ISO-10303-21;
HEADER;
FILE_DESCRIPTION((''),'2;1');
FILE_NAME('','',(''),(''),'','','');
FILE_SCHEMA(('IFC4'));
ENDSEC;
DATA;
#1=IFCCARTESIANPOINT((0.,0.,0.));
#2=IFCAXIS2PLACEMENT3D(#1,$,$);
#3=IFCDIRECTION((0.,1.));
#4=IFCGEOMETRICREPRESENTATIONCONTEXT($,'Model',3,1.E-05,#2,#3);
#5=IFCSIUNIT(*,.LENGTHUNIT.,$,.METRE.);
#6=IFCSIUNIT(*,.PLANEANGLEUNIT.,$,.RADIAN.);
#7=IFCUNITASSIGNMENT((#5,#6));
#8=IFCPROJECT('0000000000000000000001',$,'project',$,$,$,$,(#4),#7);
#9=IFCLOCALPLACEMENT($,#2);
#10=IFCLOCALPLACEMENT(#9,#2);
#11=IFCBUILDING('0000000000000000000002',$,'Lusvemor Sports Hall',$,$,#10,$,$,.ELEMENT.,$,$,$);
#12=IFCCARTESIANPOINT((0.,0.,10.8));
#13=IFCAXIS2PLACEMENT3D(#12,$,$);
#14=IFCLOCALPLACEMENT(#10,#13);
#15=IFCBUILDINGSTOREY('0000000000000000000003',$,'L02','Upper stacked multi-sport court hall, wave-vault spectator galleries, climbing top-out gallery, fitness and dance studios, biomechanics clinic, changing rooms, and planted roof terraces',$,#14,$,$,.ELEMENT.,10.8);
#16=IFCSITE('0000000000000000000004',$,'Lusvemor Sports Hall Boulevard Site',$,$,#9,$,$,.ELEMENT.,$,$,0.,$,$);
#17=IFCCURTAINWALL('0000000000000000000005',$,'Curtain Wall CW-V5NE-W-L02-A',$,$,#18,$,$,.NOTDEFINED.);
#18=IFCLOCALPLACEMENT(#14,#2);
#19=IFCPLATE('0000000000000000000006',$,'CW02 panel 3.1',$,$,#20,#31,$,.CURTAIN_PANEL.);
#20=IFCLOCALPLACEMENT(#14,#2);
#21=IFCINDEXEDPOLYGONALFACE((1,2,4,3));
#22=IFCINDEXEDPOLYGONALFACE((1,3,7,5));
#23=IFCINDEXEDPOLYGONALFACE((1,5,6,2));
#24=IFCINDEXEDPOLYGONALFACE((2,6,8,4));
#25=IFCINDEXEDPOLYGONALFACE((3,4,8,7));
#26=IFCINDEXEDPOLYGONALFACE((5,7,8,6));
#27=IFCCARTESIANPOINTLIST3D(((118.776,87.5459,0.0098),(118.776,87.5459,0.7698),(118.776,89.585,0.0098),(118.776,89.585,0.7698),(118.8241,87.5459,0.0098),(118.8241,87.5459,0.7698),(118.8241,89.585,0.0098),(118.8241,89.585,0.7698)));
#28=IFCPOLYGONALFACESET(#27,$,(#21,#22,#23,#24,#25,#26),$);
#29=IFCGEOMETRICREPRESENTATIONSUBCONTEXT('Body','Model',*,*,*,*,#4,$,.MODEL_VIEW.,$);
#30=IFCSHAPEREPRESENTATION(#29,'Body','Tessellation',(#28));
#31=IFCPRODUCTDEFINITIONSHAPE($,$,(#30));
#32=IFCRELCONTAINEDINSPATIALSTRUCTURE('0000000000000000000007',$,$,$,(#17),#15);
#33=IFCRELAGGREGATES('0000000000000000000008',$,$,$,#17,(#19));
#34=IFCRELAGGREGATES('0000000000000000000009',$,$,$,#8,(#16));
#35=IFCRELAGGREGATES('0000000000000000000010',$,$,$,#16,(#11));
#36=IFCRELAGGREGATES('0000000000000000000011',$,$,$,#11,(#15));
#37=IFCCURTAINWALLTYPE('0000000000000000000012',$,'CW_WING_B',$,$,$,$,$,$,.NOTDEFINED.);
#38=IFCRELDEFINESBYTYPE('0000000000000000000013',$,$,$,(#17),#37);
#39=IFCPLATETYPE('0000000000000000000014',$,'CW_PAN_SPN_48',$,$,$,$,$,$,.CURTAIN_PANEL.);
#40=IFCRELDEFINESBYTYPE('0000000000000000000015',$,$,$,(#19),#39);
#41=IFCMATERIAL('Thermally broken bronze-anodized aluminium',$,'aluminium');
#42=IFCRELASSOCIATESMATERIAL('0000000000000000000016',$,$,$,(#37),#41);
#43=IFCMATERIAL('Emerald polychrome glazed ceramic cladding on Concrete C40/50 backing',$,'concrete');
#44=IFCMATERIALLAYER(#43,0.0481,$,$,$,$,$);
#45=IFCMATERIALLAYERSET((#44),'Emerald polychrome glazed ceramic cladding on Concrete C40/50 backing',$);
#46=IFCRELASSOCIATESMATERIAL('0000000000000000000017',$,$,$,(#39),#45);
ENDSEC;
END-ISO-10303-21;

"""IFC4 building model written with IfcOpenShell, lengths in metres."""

from ifc_helpers import new_model, si_unit, direction, frame, origin, origin_2d, place, context, subcontext, project, spatial, rectangle, extrude, material, layer, layer_set, type_object, element, aggregate, save


model = new_model("IFC4")

# Units and contexts
model_context = context("Model", 3, precision=1e-05, world=origin(), true_north=direction((0.0, 1.0)))
body_context = subcontext(model_context, "Body", "Model", "MODEL_VIEW")
ifc_project = project(units=[si_unit("LENGTHUNIT", "METRE"), si_unit("PLANEANGLEUNIT", "RADIAN")], contexts=[model_context])

# Site, building, storey
site_placement = place(None, origin())
site = spatial("IfcSite", under=ifc_project, at=site_placement, Name="Lusvemor Sports Hall Boulevard Site", CompositionType="ELEMENT", RefElevation=0.0)
building_placement = place(site_placement, origin())
building = spatial("IfcBuilding", under=site, at=building_placement, Name="Lusvemor Sports Hall", CompositionType="ELEMENT")
storey_placement = place(building_placement, frame((0.0, 0.0, 10.8)))
storey = spatial("IfcBuildingStorey", under=building, at=storey_placement, Name="L02", Description="Upper stacked multi-sport court hall, wave-vault spectator galleries, climbing top-out gallery, fitness and dance studios, biomechanics clinic, changing rooms, and planted roof terraces", CompositionType="ELEMENT", Elevation=10.8)

# Curtain wall
ifc_material_1 = material(Name="Thermally broken bronze-anodized aluminium", Category="aluminium")
curtain_wall_type = type_object("IfcCurtainWallType", Name="CW_WING_B", PredefinedType="NOTDEFINED", material=ifc_material_1)
curtain_wall_1_placement = place(storey_placement, origin())
curtain_wall_1 = element("IfcCurtainWall", 1, at=curtain_wall_1_placement, inside=storey, type_object=curtain_wall_type, Name="Curtain Wall CW-V5NE-W-L02-A", PredefinedType="NOTDEFINED")

# Plate
ifc_material_2 = material(Name="Emerald polychrome glazed ceramic cladding on Concrete C40/50 backing", Category="concrete")
ifc_layer_1 = layer(ifc_material_2, 0.0481)
ifc_layer_set_1 = layer_set([ifc_layer_1], Name="Emerald polychrome glazed ceramic cladding on Concrete C40/50 backing")
plate_type_1 = type_object("IfcPlateType", Name="CW_PAN_SPN_48", PredefinedType="CURTAIN_PANEL", material=ifc_layer_set_1)
plate_1_placement = place(storey_placement, frame((118.8, 88.5654, 0.0098), z_axis=(0.0, 0.0, 1.0), x_axis=(0.0, 1.0, 0.0)))
plate_1 = element("IfcPlate", 2, at=plate_1_placement, type_object=plate_type_1, Name="CW02 panel 3.1", PredefinedType="CURTAIN_PANEL", context=body_context, shape_type="SweptSolid", body=[
    extrude(rectangle(XDim=2.0391, YDim=0.0481, at=origin_2d()), origin(), (0.0, 0.0, 1.0), 0.76),
])
aggregate(curtain_wall_1, [plate_1])

save(model, "model.ifc")
